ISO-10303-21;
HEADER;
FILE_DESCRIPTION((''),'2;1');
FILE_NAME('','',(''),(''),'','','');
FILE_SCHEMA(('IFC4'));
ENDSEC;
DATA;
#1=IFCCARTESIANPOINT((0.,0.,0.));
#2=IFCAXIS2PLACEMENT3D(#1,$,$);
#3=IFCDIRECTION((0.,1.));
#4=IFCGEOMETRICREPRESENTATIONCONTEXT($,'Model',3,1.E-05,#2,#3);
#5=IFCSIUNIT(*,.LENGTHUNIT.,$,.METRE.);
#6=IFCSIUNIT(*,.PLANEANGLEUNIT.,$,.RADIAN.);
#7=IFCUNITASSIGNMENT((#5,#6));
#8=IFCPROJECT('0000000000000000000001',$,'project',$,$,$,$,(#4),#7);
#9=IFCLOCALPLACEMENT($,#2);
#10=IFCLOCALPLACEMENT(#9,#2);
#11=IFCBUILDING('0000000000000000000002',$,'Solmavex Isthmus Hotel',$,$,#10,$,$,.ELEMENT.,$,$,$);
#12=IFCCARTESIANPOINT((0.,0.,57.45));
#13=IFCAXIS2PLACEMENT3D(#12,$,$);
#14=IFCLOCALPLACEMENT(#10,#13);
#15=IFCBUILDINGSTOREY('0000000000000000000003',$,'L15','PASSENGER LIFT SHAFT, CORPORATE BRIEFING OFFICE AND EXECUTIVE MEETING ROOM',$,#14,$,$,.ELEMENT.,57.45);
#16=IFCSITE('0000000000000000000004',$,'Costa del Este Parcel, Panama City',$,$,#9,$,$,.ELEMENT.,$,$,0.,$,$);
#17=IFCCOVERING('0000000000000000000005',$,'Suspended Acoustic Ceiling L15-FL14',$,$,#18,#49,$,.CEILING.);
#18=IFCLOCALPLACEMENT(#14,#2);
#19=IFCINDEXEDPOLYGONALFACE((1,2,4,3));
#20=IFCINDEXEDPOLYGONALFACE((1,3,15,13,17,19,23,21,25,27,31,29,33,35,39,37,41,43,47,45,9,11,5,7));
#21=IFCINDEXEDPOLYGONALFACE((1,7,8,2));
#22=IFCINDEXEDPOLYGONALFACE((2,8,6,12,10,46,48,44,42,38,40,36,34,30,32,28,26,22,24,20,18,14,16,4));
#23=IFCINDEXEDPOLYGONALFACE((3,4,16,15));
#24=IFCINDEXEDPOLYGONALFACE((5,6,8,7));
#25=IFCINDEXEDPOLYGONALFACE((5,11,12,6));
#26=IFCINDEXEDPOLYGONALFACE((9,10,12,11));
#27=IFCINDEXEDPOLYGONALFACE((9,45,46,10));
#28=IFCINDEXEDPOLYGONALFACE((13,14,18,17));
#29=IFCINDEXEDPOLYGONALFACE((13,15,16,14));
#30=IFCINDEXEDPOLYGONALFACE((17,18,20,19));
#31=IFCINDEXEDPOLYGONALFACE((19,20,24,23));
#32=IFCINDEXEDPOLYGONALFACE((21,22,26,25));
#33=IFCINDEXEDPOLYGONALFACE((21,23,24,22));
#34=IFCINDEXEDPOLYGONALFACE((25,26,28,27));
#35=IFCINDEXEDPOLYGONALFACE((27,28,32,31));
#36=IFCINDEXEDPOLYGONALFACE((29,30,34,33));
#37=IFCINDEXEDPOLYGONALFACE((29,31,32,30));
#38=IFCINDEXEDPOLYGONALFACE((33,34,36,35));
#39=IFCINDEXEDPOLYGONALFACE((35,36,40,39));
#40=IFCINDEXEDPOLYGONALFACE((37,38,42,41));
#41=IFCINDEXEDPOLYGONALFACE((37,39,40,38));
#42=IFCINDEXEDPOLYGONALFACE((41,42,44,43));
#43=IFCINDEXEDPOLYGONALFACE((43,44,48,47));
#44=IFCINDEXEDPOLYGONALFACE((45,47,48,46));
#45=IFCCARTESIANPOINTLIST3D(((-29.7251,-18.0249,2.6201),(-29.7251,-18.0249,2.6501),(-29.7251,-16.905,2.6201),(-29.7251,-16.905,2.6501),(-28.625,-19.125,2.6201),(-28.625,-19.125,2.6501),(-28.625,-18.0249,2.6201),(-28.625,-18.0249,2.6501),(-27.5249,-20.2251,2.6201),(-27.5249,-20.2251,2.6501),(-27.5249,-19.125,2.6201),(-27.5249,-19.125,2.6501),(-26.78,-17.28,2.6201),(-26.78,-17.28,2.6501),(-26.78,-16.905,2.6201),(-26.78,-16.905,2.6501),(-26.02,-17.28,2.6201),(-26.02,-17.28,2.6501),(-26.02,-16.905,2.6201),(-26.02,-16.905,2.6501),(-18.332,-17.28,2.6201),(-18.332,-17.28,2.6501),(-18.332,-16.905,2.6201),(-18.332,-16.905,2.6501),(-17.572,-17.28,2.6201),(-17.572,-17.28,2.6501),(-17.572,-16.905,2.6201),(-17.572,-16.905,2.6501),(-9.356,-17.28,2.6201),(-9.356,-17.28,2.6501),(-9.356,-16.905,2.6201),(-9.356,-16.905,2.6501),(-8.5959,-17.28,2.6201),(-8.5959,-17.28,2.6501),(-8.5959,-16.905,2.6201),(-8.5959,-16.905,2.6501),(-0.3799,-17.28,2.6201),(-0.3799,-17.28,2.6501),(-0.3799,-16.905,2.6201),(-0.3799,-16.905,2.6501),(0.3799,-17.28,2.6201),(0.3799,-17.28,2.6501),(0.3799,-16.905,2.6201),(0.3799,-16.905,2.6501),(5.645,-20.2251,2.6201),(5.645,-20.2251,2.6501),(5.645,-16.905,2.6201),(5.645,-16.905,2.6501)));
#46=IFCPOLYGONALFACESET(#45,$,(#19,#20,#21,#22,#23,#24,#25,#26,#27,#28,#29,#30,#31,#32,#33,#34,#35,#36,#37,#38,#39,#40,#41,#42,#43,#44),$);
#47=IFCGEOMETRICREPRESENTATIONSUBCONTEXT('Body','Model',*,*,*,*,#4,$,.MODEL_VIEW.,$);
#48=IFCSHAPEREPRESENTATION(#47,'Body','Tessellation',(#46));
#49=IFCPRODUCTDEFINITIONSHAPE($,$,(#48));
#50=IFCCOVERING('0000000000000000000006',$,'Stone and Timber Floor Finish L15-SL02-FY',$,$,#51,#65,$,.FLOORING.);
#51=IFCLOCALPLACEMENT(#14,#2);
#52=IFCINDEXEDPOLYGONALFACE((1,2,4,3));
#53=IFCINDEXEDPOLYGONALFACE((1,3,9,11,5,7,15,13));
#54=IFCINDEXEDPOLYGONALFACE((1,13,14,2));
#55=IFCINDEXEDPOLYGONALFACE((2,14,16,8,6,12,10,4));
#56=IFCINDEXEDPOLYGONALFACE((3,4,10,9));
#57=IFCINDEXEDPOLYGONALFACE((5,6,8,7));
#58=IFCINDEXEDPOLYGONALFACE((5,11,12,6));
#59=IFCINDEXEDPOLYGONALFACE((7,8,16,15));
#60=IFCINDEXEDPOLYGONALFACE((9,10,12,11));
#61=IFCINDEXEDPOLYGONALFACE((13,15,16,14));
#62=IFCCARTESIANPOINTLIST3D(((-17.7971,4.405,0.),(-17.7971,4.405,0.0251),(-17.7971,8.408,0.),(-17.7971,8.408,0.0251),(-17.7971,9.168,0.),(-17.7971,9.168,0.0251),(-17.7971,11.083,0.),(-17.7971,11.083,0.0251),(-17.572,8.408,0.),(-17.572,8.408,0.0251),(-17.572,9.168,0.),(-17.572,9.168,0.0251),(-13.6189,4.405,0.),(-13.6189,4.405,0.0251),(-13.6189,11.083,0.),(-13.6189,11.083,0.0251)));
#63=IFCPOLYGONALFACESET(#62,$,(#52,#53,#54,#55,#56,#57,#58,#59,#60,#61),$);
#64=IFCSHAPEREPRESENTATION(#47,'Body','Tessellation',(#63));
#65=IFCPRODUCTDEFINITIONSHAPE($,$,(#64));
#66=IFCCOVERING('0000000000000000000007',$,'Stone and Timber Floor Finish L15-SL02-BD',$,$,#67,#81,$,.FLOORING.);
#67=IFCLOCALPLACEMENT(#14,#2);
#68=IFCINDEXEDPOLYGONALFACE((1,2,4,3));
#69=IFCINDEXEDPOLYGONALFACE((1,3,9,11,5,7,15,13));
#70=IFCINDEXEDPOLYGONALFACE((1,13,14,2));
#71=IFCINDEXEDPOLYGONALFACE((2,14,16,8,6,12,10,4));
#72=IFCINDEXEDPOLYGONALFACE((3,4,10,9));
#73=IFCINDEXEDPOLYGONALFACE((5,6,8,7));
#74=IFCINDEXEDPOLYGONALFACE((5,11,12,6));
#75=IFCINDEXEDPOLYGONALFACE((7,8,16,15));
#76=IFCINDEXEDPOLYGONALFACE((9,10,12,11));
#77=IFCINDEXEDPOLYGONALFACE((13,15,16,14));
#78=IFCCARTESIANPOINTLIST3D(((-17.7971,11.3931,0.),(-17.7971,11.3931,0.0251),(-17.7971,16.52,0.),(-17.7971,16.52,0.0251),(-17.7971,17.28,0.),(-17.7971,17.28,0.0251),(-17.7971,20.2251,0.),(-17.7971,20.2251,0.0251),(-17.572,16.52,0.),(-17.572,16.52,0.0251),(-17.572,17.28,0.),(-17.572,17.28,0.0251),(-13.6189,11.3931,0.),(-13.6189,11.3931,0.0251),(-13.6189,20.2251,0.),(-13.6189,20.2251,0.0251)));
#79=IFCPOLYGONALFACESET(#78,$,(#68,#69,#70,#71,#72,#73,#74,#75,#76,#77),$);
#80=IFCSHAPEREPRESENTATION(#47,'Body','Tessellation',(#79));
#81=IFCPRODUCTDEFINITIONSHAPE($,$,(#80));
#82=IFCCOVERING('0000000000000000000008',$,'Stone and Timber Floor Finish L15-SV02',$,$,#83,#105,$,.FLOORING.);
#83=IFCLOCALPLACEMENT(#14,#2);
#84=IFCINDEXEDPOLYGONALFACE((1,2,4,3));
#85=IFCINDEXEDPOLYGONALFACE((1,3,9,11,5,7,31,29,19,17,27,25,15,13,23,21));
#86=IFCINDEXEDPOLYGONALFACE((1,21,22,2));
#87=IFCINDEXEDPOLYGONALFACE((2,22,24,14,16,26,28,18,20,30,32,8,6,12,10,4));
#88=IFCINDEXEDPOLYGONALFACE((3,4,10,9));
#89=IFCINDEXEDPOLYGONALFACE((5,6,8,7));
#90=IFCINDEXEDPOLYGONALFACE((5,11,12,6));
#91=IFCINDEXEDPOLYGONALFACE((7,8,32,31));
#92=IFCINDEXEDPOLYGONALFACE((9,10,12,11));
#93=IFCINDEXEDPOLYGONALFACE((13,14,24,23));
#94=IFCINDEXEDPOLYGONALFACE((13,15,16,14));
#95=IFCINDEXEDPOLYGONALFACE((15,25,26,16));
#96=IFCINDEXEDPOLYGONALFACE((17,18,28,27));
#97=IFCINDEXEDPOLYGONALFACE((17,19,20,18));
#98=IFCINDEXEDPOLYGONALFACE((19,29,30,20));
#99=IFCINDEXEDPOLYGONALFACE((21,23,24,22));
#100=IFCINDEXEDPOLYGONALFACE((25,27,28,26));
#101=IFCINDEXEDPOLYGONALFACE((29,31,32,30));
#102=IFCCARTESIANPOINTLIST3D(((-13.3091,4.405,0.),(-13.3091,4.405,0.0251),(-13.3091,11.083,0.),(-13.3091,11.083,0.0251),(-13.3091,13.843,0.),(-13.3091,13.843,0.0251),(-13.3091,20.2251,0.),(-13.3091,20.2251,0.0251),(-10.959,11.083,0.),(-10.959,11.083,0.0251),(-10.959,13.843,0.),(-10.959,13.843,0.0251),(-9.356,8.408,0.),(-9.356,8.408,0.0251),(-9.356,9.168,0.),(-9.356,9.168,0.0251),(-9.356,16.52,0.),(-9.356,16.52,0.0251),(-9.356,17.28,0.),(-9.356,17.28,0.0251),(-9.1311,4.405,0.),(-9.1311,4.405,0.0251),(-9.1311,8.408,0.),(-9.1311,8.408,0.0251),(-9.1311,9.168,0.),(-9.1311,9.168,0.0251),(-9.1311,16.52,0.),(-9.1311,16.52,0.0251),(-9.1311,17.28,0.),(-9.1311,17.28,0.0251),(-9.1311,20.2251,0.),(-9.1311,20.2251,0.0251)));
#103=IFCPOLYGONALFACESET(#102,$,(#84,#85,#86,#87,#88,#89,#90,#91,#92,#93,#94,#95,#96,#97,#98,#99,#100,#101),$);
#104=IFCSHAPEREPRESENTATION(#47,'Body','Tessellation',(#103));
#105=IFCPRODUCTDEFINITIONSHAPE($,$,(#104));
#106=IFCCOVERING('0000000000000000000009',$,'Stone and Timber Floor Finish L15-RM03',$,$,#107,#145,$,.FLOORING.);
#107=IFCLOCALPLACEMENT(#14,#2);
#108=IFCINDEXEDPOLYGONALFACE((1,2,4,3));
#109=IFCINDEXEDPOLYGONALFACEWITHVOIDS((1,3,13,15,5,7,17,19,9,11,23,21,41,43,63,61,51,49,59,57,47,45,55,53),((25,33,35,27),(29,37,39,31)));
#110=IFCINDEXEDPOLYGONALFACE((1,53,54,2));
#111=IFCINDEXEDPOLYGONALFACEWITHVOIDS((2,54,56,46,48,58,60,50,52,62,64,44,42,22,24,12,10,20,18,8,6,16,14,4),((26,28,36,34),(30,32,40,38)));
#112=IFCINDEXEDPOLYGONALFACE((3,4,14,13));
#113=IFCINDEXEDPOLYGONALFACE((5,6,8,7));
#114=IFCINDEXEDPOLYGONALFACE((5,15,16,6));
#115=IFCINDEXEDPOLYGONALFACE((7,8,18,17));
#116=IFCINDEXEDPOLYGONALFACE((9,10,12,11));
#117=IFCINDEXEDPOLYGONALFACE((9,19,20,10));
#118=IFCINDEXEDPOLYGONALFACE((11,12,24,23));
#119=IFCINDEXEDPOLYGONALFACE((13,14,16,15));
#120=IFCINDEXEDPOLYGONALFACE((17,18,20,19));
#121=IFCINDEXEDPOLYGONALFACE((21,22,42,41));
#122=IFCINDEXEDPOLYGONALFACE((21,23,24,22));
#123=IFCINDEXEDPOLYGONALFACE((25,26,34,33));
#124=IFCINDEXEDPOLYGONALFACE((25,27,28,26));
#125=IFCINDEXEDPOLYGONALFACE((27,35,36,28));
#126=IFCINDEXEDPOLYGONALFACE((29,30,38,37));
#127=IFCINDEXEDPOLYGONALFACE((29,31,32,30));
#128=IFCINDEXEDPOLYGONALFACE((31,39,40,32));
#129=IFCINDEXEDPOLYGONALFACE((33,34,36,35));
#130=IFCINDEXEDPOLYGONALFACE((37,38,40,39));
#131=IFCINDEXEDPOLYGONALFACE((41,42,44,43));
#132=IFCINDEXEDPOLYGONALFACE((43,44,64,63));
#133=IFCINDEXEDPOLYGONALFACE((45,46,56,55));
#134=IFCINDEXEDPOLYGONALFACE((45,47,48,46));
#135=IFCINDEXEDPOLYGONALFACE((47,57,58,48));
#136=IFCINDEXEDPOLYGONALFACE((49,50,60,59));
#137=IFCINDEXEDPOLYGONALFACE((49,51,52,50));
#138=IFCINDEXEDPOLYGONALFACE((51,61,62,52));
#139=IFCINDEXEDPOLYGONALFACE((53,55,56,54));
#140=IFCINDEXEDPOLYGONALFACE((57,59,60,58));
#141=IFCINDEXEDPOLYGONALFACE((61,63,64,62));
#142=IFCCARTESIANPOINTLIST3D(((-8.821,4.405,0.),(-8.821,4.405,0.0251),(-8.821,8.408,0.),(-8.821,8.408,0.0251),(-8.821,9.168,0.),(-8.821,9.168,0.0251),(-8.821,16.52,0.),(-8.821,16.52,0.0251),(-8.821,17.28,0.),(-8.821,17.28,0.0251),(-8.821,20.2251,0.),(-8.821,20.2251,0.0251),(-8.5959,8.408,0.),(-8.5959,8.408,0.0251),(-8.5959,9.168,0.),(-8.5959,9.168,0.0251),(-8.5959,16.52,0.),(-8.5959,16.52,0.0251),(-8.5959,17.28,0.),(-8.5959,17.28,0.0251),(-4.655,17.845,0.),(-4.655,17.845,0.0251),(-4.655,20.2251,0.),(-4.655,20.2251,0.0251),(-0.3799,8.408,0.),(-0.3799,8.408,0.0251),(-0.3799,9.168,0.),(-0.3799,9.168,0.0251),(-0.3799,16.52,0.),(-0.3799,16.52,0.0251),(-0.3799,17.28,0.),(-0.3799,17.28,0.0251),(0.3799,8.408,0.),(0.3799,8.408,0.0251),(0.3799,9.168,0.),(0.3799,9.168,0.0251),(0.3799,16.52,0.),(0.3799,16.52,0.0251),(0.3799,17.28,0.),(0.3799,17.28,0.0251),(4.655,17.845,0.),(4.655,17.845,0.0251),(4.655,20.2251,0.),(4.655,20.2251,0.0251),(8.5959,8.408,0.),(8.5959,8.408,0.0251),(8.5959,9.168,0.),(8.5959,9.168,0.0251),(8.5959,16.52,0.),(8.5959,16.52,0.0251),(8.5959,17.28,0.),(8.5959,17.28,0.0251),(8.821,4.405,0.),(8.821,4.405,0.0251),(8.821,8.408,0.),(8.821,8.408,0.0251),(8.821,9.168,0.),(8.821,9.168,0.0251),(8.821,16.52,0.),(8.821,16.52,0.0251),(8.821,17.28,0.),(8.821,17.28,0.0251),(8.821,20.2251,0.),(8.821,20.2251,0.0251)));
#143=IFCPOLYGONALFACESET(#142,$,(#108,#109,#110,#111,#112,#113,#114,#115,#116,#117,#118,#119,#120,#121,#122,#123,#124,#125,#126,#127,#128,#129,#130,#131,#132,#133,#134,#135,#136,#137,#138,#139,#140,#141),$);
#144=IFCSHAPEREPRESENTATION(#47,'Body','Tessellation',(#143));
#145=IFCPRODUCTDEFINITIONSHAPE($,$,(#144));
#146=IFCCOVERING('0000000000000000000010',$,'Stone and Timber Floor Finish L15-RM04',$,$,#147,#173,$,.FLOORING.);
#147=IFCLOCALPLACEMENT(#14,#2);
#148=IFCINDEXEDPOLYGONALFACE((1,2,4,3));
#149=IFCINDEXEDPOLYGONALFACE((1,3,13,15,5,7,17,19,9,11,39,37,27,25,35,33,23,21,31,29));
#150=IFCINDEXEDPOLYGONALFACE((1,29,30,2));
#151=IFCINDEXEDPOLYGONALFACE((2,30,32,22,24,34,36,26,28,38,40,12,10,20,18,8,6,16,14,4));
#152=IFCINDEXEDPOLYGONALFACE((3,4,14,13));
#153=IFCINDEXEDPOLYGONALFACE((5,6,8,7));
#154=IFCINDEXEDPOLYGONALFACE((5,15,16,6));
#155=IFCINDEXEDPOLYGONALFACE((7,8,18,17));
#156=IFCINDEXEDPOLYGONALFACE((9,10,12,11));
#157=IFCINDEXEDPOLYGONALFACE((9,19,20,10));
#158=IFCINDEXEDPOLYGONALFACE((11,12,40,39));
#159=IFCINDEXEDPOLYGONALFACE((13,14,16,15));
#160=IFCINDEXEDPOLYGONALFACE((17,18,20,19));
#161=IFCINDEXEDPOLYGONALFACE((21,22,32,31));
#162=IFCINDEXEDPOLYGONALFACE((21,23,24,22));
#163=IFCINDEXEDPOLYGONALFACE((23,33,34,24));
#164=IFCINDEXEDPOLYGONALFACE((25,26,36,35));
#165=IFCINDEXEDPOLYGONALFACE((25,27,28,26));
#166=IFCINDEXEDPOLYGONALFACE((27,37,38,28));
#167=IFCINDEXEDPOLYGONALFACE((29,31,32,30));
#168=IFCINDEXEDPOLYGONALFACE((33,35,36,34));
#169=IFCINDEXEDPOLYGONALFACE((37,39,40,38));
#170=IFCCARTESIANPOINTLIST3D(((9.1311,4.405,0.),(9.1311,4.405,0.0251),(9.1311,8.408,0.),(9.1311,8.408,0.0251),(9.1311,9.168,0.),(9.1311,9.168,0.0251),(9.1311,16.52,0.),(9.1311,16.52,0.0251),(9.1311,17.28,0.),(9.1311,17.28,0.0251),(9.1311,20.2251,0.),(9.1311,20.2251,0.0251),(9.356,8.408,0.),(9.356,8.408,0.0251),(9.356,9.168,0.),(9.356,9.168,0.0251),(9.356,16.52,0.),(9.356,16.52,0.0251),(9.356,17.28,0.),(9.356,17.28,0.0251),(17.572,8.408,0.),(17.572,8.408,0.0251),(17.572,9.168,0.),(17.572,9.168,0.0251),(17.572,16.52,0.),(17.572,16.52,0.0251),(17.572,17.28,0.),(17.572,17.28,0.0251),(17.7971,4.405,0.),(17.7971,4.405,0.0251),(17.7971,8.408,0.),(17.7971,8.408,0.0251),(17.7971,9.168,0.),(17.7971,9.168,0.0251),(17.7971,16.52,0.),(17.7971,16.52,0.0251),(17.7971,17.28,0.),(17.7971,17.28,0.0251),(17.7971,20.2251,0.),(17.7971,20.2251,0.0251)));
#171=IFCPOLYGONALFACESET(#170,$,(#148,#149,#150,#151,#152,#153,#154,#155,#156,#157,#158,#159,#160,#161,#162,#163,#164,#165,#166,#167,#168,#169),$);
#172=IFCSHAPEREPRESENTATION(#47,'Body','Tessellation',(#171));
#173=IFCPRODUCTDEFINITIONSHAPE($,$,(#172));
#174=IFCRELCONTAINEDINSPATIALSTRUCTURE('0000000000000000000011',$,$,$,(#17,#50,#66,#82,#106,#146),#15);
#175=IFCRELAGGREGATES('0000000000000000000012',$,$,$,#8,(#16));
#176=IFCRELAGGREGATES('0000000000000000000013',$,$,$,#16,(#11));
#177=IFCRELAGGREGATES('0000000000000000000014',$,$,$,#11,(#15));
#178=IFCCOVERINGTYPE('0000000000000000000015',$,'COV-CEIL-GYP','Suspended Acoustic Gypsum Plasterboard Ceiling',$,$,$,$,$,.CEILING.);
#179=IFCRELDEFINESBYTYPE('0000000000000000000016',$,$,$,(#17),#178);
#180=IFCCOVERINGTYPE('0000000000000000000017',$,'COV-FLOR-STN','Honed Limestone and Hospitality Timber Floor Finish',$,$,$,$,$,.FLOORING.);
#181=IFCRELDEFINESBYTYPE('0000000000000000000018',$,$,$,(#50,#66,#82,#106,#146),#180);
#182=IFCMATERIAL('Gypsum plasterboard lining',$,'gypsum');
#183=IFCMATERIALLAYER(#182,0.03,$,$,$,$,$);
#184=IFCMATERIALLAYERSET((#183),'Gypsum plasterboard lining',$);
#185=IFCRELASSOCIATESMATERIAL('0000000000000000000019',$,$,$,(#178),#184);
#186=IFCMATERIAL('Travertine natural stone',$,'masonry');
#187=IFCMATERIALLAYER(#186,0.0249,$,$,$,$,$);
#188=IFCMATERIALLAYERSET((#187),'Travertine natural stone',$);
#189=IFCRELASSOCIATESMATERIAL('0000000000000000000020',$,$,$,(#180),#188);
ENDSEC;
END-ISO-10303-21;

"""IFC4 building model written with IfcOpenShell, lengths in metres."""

from ifc_helpers import new_model, si_unit, direction, frame, origin, place, context, subcontext, project, spatial, polyline, outline, extrude, material, layer, layer_set, type_object, element, save


model = new_model("IFC4")

# Units and contexts
model_context = context("Model", 3, precision=1e-05, world=origin(), true_north=direction((0.0, 1.0)))
body_context = subcontext(model_context, "Body", "Model", "MODEL_VIEW")
ifc_project = project(units=[si_unit("LENGTHUNIT", "METRE"), si_unit("PLANEANGLEUNIT", "RADIAN")], contexts=[model_context])

# Site, building, storey
site_placement = place(None, origin())
site = spatial("IfcSite", under=ifc_project, at=site_placement, Name="Costa del Este Parcel, Panama City", CompositionType="ELEMENT", RefElevation=0.0)
building_placement = place(site_placement, origin())
building = spatial("IfcBuilding", under=site, at=building_placement, Name="Solmavex Isthmus Hotel", CompositionType="ELEMENT")
storey_placement = place(building_placement, frame((0.0, 0.0, 57.45)))
storey = spatial("IfcBuildingStorey", under=building, at=storey_placement, Name="L15", Description="PASSENGER LIFT SHAFT, CORPORATE BRIEFING OFFICE AND EXECUTIVE MEETING ROOM", CompositionType="ELEMENT", Elevation=57.45)

# Coverings
ifc_material_1 = material(Name="Gypsum plasterboard lining", Category="gypsum")
ifc_layer_1 = layer(ifc_material_1, 0.03)
ifc_layer_set_1 = layer_set([ifc_layer_1], Name="Gypsum plasterboard lining")
covering_type_1 = type_object("IfcCoveringType", Name="COV-CEIL-GYP", Description="Suspended Acoustic Gypsum Plasterboard Ceiling", PredefinedType="CEILING", material=ifc_layer_set_1)
covering_1_placement = place(storey_placement, frame((0.0, 0.0, 2.6201)))
element("IfcCovering", 1, at=covering_1_placement, inside=storey, type_object=covering_type_1, Name="Suspended Acoustic Ceiling L15-FL14", PredefinedType="CEILING", context=body_context, shape_type="SweptSolid", body=[
    extrude(outline(polyline([(-26.02, -16.905), (-26.02, -17.28), (-26.78, -17.28), (-26.78, -16.905), (-29.7251, -16.905), (-29.7251, -18.0249), (-28.625, -18.0249), (-28.625, -19.125), (-27.5249, -19.125), (-27.5249, -20.2251), (5.645, -20.2251), (5.645, -16.905), (0.3799, -16.905), (0.3799, -17.28), (-0.3799, -17.28), (-0.3799, -16.905), (-8.5959, -16.905), (-8.5959, -17.28), (-9.356, -17.28), (-9.356, -16.905), (-17.572, -16.905), (-17.572, -17.28), (-18.332, -17.28), (-18.332, -16.905), (-26.02, -16.905)])), origin(), (0.0, 0.0, 1.0), 0.03),
])
ifc_material_2 = material(Name="Travertine natural stone", Category="masonry")
ifc_layer_2 = layer(ifc_material_2, 0.0249)
ifc_layer_set_2 = layer_set([ifc_layer_2], Name="Travertine natural stone")
covering_type_2 = type_object("IfcCoveringType", Name="COV-FLOR-STN", Description="Honed Limestone and Hospitality Timber Floor Finish", PredefinedType="FLOORING", material=ifc_layer_set_2)
covering_2_placement = place(storey_placement, origin())
element("IfcCovering", 2, at=covering_2_placement, inside=storey, type_object=covering_type_2, Name="Stone and Timber Floor Finish L15-SL02-FY", PredefinedType="FLOORING", context=body_context, shape_type="SweptSolid", body=[
    extrude(outline(polyline([(-17.7971, 9.168), (-17.572, 9.168), (-17.572, 8.408), (-17.7971, 8.408), (-17.7971, 4.405), (-13.6189, 4.405), (-13.6189, 11.083), (-17.7971, 11.083), (-17.7971, 9.168)])), origin(), (0.0, 0.0, 1.0), 0.0251),
])
covering_3_placement = place(storey_placement, origin())
element("IfcCovering", 3, at=covering_3_placement, inside=storey, type_object=covering_type_2, Name="Stone and Timber Floor Finish L15-SL02-BD", PredefinedType="FLOORING", context=body_context, shape_type="SweptSolid", body=[
    extrude(outline(polyline([(-17.7971, 17.28), (-17.572, 17.28), (-17.572, 16.52), (-17.7971, 16.52), (-17.7971, 11.3931), (-13.6189, 11.3931), (-13.6189, 20.2251), (-17.7971, 20.2251), (-17.7971, 17.28)])), origin(), (0.0, 0.0, 1.0), 0.0251),
])
covering_4_placement = place(storey_placement, origin())
element("IfcCovering", 4, at=covering_4_placement, inside=storey, type_object=covering_type_2, Name="Stone and Timber Floor Finish L15-SV02", PredefinedType="FLOORING", context=body_context, shape_type="SweptSolid", body=[
    extrude(outline(polyline([(-9.1311, 16.52), (-9.356, 16.52), (-9.356, 17.28), (-9.1311, 17.28), (-9.1311, 20.2251), (-13.3091, 20.2251), (-13.3091, 13.843), (-10.959, 13.843), (-10.959, 11.083), (-13.3091, 11.083), (-13.3091, 4.405), (-9.1311, 4.405), (-9.1311, 8.408), (-9.356, 8.408), (-9.356, 9.168), (-9.1311, 9.168), (-9.1311, 16.52)])), origin(), (0.0, 0.0, 1.0), 0.0251),
])
covering_5_placement = place(storey_placement, origin())
element("IfcCovering", 5, at=covering_5_placement, inside=storey, type_object=covering_type_2, Name="Stone and Timber Floor Finish L15-RM03", PredefinedType="FLOORING", context=body_context, shape_type="SweptSolid", body=[
    extrude(outline(polyline([(-8.821, 9.168), (-8.5959, 9.168), (-8.5959, 8.408), (-8.821, 8.408), (-8.821, 4.405), (8.821, 4.405), (8.821, 8.408), (8.5959, 8.408), (8.5959, 9.168), (8.821, 9.168), (8.821, 16.52), (8.5959, 16.52), (8.5959, 17.28), (8.821, 17.28), (8.821, 20.2251), (4.655, 20.2251), (4.655, 17.845), (-4.655, 17.845), (-4.655, 20.2251), (-8.821, 20.2251), (-8.821, 17.28), (-8.5959, 17.28), (-8.5959, 16.52), (-8.821, 16.52), (-8.821, 9.168)]), holes=[polyline([(-0.3799, 8.408), (-0.3799, 9.168), (0.3799, 9.168), (0.3799, 8.408), (-0.3799, 8.408)]), polyline([(-0.3799, 17.28), (0.3799, 17.28), (0.3799, 16.52), (-0.3799, 16.52), (-0.3799, 17.28)])]), origin(), (0.0, 0.0, 1.0), 0.0251),
])
covering_6_placement = place(storey_placement, origin())
element("IfcCovering", 6, at=covering_6_placement, inside=storey, type_object=covering_type_2, Name="Stone and Timber Floor Finish L15-RM04", PredefinedType="FLOORING", context=body_context, shape_type="SweptSolid", body=[
    extrude(outline(polyline([(9.1311, 9.168), (9.356, 9.168), (9.356, 8.408), (9.1311, 8.408), (9.1311, 4.405), (17.7971, 4.405), (17.7971, 8.408), (17.572, 8.408), (17.572, 9.168), (17.7971, 9.168), (17.7971, 16.52), (17.572, 16.52), (17.572, 17.28), (17.7971, 17.28), (17.7971, 20.2251), (9.1311, 20.2251), (9.1311, 17.28), (9.356, 17.28), (9.356, 16.52), (9.1311, 16.52), (9.1311, 9.168)])), origin(), (0.0, 0.0, 1.0), 0.0251),
])

save(model, "model.ifc")
